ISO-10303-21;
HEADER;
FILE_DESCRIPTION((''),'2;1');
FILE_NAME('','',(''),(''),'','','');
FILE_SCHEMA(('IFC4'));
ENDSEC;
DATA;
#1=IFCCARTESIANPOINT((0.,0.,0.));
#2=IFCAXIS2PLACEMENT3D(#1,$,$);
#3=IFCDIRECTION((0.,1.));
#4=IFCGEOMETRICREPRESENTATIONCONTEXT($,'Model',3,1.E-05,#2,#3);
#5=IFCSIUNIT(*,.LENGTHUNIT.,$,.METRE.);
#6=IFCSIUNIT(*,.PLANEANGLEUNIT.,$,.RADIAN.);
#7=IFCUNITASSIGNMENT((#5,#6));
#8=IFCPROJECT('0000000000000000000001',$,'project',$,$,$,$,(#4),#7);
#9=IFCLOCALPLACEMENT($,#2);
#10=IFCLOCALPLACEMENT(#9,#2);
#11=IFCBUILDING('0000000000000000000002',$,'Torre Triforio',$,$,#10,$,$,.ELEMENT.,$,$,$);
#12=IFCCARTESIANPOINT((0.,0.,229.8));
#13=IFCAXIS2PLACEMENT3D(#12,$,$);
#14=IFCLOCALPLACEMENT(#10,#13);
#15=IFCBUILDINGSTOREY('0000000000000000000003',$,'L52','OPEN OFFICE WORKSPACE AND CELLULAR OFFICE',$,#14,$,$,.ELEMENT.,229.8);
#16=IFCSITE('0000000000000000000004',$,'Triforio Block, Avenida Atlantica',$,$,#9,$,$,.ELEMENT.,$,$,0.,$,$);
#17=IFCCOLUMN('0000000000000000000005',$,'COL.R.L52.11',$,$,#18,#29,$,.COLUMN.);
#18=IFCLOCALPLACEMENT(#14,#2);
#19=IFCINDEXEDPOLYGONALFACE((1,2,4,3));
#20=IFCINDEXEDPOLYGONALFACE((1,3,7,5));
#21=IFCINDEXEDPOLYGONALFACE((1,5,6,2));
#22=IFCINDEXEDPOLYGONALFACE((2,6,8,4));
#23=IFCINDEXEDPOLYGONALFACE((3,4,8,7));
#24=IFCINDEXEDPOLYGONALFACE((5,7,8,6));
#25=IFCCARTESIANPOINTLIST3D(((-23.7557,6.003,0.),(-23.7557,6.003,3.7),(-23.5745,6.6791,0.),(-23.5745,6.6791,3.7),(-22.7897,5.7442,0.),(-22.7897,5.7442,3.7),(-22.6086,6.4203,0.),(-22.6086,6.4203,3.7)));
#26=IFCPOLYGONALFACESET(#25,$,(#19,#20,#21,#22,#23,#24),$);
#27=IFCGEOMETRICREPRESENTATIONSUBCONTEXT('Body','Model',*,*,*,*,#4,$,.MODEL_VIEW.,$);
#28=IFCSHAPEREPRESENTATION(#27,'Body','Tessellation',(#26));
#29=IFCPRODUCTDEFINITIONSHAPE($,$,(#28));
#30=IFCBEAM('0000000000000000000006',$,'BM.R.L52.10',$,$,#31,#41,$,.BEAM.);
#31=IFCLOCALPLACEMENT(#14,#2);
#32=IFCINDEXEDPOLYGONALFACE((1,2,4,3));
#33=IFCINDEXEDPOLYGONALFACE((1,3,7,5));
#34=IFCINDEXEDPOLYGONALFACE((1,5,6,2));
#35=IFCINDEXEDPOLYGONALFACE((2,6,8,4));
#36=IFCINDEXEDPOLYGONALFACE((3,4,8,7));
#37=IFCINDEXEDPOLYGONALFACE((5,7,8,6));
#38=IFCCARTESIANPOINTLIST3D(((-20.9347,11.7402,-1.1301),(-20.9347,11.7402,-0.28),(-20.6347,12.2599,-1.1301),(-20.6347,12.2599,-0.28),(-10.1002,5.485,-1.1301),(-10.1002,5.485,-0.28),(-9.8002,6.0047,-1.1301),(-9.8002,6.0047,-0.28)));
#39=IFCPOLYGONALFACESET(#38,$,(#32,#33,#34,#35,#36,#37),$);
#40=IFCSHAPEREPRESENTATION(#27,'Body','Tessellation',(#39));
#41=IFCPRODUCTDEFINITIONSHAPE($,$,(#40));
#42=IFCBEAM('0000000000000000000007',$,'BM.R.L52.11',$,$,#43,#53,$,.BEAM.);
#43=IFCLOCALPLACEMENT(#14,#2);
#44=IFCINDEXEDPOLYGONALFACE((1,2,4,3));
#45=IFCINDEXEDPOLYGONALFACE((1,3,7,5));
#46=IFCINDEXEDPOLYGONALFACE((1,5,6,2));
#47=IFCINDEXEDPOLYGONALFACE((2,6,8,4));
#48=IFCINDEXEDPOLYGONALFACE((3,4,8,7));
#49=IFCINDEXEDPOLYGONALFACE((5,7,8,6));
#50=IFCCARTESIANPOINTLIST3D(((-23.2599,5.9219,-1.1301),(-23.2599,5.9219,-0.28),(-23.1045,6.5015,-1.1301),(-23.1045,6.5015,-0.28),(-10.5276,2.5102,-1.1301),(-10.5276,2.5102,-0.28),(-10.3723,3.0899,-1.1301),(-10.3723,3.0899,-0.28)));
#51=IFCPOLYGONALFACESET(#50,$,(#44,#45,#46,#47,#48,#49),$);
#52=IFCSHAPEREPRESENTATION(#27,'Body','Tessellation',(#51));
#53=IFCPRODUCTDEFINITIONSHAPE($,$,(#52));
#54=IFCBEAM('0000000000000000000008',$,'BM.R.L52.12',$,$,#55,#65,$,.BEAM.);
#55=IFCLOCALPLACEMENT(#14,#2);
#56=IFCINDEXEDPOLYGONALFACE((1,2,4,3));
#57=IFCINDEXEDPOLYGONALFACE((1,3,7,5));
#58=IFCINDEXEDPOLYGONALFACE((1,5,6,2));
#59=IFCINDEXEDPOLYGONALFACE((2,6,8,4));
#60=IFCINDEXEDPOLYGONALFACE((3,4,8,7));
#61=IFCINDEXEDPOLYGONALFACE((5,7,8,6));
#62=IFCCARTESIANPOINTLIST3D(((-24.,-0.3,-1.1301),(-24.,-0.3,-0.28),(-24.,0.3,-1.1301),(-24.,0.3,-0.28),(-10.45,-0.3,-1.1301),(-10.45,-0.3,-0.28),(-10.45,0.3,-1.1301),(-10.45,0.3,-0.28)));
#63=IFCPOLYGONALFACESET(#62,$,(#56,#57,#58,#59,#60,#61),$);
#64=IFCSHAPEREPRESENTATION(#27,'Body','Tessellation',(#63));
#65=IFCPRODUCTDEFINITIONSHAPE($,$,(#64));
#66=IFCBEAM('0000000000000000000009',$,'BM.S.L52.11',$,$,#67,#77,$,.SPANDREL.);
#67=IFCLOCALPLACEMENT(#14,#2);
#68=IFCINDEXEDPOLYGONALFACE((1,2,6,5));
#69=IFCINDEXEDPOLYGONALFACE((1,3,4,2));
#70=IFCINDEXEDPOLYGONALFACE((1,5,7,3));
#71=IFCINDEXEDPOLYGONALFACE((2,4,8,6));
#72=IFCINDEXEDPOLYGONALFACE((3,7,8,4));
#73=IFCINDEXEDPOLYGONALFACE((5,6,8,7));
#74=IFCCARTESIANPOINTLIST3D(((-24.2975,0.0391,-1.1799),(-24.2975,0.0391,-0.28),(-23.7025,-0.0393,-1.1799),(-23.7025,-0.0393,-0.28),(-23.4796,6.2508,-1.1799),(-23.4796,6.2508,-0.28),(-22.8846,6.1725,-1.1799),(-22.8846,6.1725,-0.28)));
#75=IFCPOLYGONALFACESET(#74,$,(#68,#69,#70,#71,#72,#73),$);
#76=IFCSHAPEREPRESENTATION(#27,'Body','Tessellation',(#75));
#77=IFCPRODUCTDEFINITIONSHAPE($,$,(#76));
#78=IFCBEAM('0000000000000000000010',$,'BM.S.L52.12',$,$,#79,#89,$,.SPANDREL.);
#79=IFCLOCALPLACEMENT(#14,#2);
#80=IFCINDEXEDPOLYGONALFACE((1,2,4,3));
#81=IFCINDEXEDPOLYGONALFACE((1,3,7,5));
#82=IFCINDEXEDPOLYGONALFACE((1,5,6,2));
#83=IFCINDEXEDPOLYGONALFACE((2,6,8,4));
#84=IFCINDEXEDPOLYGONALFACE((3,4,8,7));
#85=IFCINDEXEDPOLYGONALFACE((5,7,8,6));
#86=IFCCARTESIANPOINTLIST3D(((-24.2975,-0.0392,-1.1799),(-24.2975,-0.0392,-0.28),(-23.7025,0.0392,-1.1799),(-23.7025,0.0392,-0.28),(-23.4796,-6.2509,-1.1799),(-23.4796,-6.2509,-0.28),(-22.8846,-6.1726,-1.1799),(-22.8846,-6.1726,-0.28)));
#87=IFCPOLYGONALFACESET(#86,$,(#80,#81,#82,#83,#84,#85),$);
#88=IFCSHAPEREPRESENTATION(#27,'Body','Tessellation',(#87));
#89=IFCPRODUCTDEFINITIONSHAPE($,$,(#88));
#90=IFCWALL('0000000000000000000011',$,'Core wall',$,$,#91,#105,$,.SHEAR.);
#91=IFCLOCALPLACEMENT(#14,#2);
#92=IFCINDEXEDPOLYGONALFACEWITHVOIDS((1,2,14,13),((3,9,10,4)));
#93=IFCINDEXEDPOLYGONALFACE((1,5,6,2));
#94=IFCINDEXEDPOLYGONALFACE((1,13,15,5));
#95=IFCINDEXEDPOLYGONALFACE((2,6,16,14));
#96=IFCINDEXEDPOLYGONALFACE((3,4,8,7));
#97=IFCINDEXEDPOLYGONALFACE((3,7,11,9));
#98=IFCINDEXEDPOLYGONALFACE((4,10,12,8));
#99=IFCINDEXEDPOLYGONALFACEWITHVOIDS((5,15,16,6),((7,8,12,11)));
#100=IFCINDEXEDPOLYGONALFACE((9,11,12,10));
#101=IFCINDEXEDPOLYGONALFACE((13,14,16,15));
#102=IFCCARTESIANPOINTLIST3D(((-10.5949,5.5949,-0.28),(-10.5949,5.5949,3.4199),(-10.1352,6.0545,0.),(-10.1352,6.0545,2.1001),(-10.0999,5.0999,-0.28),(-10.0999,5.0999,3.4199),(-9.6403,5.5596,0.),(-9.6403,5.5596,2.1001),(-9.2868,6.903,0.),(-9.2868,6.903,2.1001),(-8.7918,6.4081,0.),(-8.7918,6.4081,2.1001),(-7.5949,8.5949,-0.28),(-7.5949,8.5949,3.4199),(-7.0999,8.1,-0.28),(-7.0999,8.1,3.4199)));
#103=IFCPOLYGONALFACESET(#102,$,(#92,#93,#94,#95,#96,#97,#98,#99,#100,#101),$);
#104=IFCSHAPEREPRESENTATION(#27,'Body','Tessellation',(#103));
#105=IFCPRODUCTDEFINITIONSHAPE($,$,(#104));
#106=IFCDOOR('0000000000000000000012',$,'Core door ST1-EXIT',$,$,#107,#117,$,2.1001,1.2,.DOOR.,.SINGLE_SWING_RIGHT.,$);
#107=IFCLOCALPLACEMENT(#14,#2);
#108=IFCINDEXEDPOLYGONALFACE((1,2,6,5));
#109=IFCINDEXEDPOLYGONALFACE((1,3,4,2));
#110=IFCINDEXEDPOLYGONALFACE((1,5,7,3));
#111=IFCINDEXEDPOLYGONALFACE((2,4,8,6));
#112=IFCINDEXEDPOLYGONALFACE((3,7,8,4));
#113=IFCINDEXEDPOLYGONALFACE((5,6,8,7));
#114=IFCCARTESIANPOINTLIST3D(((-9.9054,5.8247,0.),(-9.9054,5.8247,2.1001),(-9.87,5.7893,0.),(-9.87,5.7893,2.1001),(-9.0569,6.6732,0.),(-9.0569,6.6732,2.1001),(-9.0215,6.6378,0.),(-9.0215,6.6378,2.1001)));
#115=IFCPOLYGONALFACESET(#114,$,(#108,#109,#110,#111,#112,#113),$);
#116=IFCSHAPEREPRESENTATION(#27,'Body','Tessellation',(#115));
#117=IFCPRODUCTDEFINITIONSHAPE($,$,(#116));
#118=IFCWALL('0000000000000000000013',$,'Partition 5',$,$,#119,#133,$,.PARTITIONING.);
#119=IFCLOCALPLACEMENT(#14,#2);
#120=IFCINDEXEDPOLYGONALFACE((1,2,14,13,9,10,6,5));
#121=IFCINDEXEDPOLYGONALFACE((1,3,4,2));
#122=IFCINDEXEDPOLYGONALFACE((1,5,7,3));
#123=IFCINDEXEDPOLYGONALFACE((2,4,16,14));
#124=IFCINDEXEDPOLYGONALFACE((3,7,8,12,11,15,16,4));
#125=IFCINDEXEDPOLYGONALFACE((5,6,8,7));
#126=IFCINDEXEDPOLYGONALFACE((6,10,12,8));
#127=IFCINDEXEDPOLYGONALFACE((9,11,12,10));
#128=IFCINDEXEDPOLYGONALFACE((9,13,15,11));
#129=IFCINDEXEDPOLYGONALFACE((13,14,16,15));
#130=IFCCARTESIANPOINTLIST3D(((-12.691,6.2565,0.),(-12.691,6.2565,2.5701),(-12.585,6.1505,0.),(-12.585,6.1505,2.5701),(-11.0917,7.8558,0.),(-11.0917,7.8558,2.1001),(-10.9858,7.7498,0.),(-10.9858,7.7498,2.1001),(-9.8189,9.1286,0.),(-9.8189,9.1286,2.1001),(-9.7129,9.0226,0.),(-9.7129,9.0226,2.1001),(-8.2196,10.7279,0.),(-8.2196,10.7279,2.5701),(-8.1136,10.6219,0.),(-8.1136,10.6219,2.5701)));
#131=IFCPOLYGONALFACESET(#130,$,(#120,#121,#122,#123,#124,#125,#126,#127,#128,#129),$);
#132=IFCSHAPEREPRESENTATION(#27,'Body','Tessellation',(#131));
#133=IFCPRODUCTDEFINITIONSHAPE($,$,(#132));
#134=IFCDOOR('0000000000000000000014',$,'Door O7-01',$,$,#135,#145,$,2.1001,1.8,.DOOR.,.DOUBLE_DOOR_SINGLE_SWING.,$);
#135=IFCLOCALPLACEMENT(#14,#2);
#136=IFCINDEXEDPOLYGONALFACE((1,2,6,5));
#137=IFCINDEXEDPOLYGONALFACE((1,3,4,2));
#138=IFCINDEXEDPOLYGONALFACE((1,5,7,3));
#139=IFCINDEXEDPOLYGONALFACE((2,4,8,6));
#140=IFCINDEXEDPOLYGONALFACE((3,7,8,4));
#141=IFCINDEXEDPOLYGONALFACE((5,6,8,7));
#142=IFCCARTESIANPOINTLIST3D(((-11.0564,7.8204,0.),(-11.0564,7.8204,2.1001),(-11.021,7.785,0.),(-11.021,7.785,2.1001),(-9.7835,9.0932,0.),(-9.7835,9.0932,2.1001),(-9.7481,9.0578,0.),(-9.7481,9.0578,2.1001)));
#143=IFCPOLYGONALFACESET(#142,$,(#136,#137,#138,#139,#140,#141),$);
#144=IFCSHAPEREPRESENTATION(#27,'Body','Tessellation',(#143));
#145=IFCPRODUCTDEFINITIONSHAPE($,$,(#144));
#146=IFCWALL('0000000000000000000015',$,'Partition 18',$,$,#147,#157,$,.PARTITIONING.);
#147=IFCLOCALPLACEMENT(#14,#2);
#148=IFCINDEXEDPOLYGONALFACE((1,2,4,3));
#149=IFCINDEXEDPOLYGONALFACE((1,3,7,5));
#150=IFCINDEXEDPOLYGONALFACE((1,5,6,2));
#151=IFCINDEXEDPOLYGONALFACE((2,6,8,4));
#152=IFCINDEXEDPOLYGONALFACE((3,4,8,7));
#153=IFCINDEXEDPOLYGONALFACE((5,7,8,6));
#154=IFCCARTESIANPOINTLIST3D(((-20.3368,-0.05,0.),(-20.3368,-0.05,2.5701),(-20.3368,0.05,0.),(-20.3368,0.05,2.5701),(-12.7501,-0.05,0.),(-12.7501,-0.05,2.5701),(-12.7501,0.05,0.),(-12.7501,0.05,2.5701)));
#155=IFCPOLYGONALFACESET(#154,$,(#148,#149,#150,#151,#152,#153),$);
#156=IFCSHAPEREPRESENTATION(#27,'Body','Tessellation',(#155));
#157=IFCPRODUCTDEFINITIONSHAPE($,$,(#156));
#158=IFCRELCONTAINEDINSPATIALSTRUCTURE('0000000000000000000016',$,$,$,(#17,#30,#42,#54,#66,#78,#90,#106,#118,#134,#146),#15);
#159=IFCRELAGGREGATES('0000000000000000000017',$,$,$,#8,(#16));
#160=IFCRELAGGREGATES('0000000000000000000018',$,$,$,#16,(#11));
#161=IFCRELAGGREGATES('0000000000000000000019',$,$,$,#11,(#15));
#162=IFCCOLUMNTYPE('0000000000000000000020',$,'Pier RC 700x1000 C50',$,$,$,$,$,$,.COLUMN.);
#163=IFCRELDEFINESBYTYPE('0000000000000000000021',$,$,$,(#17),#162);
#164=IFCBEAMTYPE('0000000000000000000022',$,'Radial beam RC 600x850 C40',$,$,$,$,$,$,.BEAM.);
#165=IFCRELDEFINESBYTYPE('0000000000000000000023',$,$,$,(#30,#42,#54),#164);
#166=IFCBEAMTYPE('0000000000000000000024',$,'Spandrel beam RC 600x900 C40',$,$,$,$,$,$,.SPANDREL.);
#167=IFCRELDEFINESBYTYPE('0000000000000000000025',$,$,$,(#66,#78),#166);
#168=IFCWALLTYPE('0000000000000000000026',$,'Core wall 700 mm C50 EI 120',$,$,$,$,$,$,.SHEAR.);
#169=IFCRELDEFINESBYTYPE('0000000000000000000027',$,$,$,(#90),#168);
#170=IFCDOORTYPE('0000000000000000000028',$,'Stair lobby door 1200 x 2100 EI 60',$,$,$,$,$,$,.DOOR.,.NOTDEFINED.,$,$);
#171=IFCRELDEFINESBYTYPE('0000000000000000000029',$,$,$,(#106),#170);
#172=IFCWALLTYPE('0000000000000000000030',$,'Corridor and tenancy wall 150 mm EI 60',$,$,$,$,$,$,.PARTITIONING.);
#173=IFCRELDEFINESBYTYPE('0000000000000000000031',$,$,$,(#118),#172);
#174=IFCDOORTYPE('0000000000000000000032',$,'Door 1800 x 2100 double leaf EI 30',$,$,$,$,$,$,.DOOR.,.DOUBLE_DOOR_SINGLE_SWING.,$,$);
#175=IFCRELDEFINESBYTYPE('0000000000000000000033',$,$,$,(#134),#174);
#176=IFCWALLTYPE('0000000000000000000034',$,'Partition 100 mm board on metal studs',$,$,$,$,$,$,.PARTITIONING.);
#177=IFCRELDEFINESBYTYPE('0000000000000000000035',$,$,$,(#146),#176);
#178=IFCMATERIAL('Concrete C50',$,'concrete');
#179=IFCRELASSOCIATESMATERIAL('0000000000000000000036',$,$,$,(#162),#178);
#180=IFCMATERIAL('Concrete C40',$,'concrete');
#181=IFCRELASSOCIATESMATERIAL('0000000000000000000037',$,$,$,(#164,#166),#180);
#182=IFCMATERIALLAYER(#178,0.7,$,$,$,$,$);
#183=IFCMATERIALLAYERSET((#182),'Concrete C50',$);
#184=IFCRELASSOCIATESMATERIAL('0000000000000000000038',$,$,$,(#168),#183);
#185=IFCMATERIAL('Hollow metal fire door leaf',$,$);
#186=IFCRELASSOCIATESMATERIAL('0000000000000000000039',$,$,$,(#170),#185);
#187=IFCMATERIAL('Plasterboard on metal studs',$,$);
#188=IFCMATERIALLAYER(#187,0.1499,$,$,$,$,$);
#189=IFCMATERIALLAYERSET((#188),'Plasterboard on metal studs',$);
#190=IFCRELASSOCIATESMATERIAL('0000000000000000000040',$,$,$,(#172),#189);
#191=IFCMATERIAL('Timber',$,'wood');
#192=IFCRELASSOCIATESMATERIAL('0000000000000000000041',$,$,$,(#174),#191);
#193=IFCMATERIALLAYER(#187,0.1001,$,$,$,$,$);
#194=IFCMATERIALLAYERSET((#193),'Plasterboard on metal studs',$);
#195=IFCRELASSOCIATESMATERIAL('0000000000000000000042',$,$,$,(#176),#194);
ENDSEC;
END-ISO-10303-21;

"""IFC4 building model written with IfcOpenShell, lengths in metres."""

from ifc_helpers import new_model, si_unit, direction, frame, frame_2d, origin, origin_2d, place, context, subcontext, project, spatial, rectangle, extrude, material, layer, layer_set, material_profile, profile_set, type_object, element, fill, save


model = new_model("IFC4")

# Units and contexts
model_context = context("Model", 3, precision=1e-05, world=origin(), true_north=direction((0.0, 1.0)))
body_context = subcontext(model_context, "Body", "Model", "MODEL_VIEW")
ifc_project = project(units=[si_unit("LENGTHUNIT", "METRE"), si_unit("PLANEANGLEUNIT", "RADIAN")], contexts=[model_context])

# Site, building, storey
site_placement = place(None, origin())
site = spatial("IfcSite", under=ifc_project, at=site_placement, Name="Triforio Block, Avenida Atlantica", CompositionType="ELEMENT", RefElevation=0.0)
building_placement = place(site_placement, origin())
building = spatial("IfcBuilding", under=site, at=building_placement, Name="Torre Triforio", CompositionType="ELEMENT")
storey_placement = place(building_placement, frame((0.0, 0.0, 229.8)))
storey = spatial("IfcBuildingStorey", under=building, at=storey_placement, Name="L52", Description="OPEN OFFICE WORKSPACE AND CELLULAR OFFICE", CompositionType="ELEMENT", Elevation=229.8)

# Column
ifc_material_1 = material(Name="Concrete C50", Category="concrete")
ifc_material_profile_1 = material_profile(ifc_material_1, rectangle(XDim=0.7, YDim=1.0, at=origin_2d()), Name="RC 700x1000")
ifc_profile_set_1 = profile_set([ifc_material_profile_1], Name="Concrete C50")
column_type = type_object("IfcColumnType", Name="Pier RC 700x1000 C50", PredefinedType="COLUMN", material=ifc_profile_set_1)
column_placement = place(storey_placement, frame((-23.1821, 6.2117, 0.0), z_axis=(0.0, 0.0, 1.0), x_axis=(-0.258819, -0.965926, 0.0)))
element("IfcColumn", 1, at=column_placement, inside=storey, type_object=column_type, Name="COL.R.L52.11", PredefinedType="COLUMN", context=body_context, shape_type="SweptSolid", body=[
    extrude(rectangle(XDim=0.7, YDim=1.0, at=origin_2d()), origin(), (0.0, 0.0, 1.0), 3.7),
])

# Beams
ifc_material_2 = material(Name="Concrete C40", Category="concrete")
ifc_material_profile_2 = material_profile(ifc_material_2, rectangle(XDim=0.6001, YDim=0.8501, at=origin_2d()), Name="RC 600x850")
ifc_profile_set_2 = profile_set([ifc_material_profile_2], Name="Concrete C40")
beam_type_1 = type_object("IfcBeamType", Name="Radial beam RC 600x850 C40", PredefinedType="BEAM", material=ifc_profile_set_2)
beam_1_placement = place(storey_placement, frame((-9.9502, 5.7449, -0.7051), z_axis=(-0.866031, 0.49999, 0.0), x_axis=(-0.49999, -0.866031, 0.0)))
element("IfcBeam", 2, at=beam_1_placement, inside=storey, type_object=beam_type_1, Name="BM.R.L52.10", PredefinedType="BEAM", context=body_context, shape_type="SweptSolid", body=[
    extrude(rectangle(XDim=0.6001, YDim=0.8501, at=origin_2d()), origin(), (0.0, 0.0, 1.0), 12.5105),
])
beam_2_placement = place(storey_placement, frame((-10.45, 2.8, -0.7051), z_axis=(-0.965925, 0.258822, 0.0), x_axis=(-0.258822, -0.965925, 0.0)))
element("IfcBeam", 3, at=beam_2_placement, inside=storey, type_object=beam_type_1, Name="BM.R.L52.11", PredefinedType="BEAM", context=body_context, shape_type="SweptSolid", body=[
    extrude(rectangle(XDim=0.6001, YDim=0.8501, at=origin_2d()), origin(), (0.0, 0.0, 1.0), 13.1814),
])
beam_3_placement = place(storey_placement, frame((-10.45, 0.0, -0.7051), z_axis=(-1.0, 0.0, 0.0), x_axis=(0.0, -1.0, 0.0)))
element("IfcBeam", 4, at=beam_3_placement, inside=storey, type_object=beam_type_1, Name="BM.R.L52.12", PredefinedType="BEAM", context=body_context, shape_type="SweptSolid", body=[
    extrude(rectangle(XDim=0.6001, YDim=0.8501, at=origin_2d()), origin(), (0.0, 0.0, 1.0), 13.55),
])
ifc_material_profile_3 = material_profile(ifc_material_2, rectangle(XDim=0.6001, YDim=0.8999, at=origin_2d()), Name="RC 600x900")
ifc_profile_set_3 = profile_set([ifc_material_profile_3], Name="Concrete C40")
beam_type_2 = type_object("IfcBeamType", Name="Spandrel beam RC 600x900 C40", PredefinedType="SPANDREL", material=ifc_profile_set_3)
for number, where, z_axis, x_axis, name in (
    (5, (-23.1821, 6.2117, -0.73), (-0.13054, -0.991443, 0.0), (0.991443, -0.13054, 0.0), "BM.S.L52.11"),
    (6, (-24.0, 0.0, -0.73), (0.13054, -0.991443, 0.0), (0.991443, 0.13054, 0.0), "BM.S.L52.12"),
):
    element("IfcBeam", number, at=place(storey_placement, frame(where, z_axis=z_axis, x_axis=x_axis)), inside=storey, type_object=beam_type_2, Name=name, PredefinedType="SPANDREL", context=body_context, shape_type="SweptSolid", body=[
        extrude(rectangle(XDim=0.6001, YDim=0.8999, at=origin_2d()), origin(), (0.0, 0.0, 1.0), 6.2654),
    ])

# Walls, openings, doors
ifc_layer_1 = layer(ifc_material_1, 0.7)
ifc_layer_set_1 = layer_set([ifc_layer_1], Name="Concrete C50")
wall_type_1 = type_object("IfcWallType", Name="Core wall 700 mm C50 EI 120", PredefinedType="SHEAR", material=ifc_layer_set_1)
wall_1_placement = place(storey_placement, frame((-10.3474, 5.3474, -0.28), z_axis=(0.0, 0.0, 1.0), x_axis=(0.707107, 0.707107, 0.0)))
wall_1 = element("IfcWall", 7, at=wall_1_placement, inside=storey, type_object=wall_type_1, Name="Core wall", PredefinedType="SHEAR", context=body_context, shape_type="SweptSolid", body=[
    extrude(rectangle(XDim=4.2427, YDim=0.7, at=frame_2d((2.1213, 0.0))), origin(), (0.0, 0.0, 1.0), 3.7),
])
opening_1_placement = place(wall_1_placement, frame((0.6499, 0.0, 0.28)))
opening_1 = element("IfcOpeningElement", 8, at=opening_1_placement, cuts=wall_1, PredefinedType="OPENING", context=body_context, shape_type="SweptSolid", body=[
    extrude(rectangle(XDim=1.2, YDim=2.1001, at=frame_2d((0.6001, 1.05))), frame((0.0, 0.3599, 0.0), z_axis=(0.0, -1.0, 0.0), x_axis=(1.0, 0.0, 0.0)), (0.0, 0.0, 1.0), 0.72),
])
ifc_material_3 = material(Name="Hollow metal fire door leaf")
door_type_1 = type_object("IfcDoorType", Name="Stair lobby door 1200 x 2100 EI 60", OperationType="NOTDEFINED", PredefinedType="DOOR", material=ifc_material_3)
door_1_placement = place(opening_1_placement, origin())
door_1 = element("IfcDoor", 9, at=door_1_placement, inside=storey, type_object=door_type_1, Name="Core door ST1-EXIT", OperationType="SINGLE_SWING_RIGHT", OverallHeight=2.1001, OverallWidth=1.2, PredefinedType="DOOR", context=body_context, shape_type="SweptSolid", body=[
    extrude(rectangle(XDim=1.2, YDim=2.1001, at=frame_2d((0.6001, 1.05))), frame((0.0, 0.0249, 0.0), z_axis=(0.0, -1.0, 0.0), x_axis=(1.0, 0.0, 0.0)), (0.0, 0.0, 1.0), 0.05),
])
fill(opening_1, door_1)
ifc_material_4 = material(Name="Plasterboard on metal studs")
ifc_layer_2 = layer(ifc_material_4, 0.1499)
ifc_layer_set_2 = layer_set([ifc_layer_2], Name="Plasterboard on metal studs")
wall_type_2 = type_object("IfcWallType", Name="Corridor and tenancy wall 150 mm EI 60", PredefinedType="PARTITIONING", material=ifc_layer_set_2)
wall_2_placement = place(storey_placement, frame((-12.6379, 6.2036, 0.0), z_axis=(0.0, 0.0, 1.0), x_axis=(0.707107, 0.707107, 0.0)))
wall_2 = element("IfcWall", 10, at=wall_2_placement, inside=storey, type_object=wall_type_2, Name="Partition 5", PredefinedType="PARTITIONING", context=body_context, shape_type="SweptSolid", body=[
    extrude(rectangle(XDim=6.3235, YDim=0.1499, at=frame_2d((3.1616, 0.0))), origin(), (0.0, 0.0, 1.0), 2.5701),
])
opening_2_placement = place(wall_2_placement, frame((2.2617, 0.0, 0.0)))
opening_2 = element("IfcOpeningElement", 11, at=opening_2_placement, cuts=wall_2, PredefinedType="OPENING", context=body_context, shape_type="SweptSolid", body=[
    extrude(rectangle(XDim=1.8, YDim=2.1001, at=frame_2d((0.8999, 1.05))), frame((0.0, 0.085, 0.0), z_axis=(0.0, -1.0, 0.0), x_axis=(1.0, 0.0, 0.0)), (0.0, 0.0, 1.0), 0.1699),
])
ifc_material_5 = material(Name="Timber", Category="wood")
door_type_2 = type_object("IfcDoorType", Name="Door 1800 x 2100 double leaf EI 30", OperationType="DOUBLE_DOOR_SINGLE_SWING", PredefinedType="DOOR", material=ifc_material_5)
door_2_placement = place(opening_2_placement, origin())
door_2 = element("IfcDoor", 12, at=door_2_placement, inside=storey, type_object=door_type_2, Name="Door O7-01", OperationType="DOUBLE_DOOR_SINGLE_SWING", OverallHeight=2.1001, OverallWidth=1.8, PredefinedType="DOOR", context=body_context, shape_type="SweptSolid", body=[
    extrude(rectangle(XDim=1.8, YDim=2.1001, at=frame_2d((0.8999, 1.05))), frame((0.0, 0.0249, 0.0), z_axis=(0.0, -1.0, 0.0), x_axis=(1.0, 0.0, 0.0)), (0.0, 0.0, 1.0), 0.05),
])
fill(opening_2, door_2)

# Wall
ifc_layer_3 = layer(ifc_material_4, 0.1001)
ifc_layer_set_3 = layer_set([ifc_layer_3], Name="Plasterboard on metal studs")
wall_type_3 = type_object("IfcWallType", Name="Partition 100 mm board on metal studs", PredefinedType="PARTITIONING", material=ifc_layer_set_3)
wall_3_placement = place(storey_placement, frame((-12.75, 0.0, 0.0), z_axis=(0.0, 0.0, 1.0), x_axis=(-1.0, 0.0, 0.0)))
element("IfcWall", 13, at=wall_3_placement, inside=storey, type_object=wall_type_3, Name="Partition 18", PredefinedType="PARTITIONING", context=body_context, shape_type="SweptSolid", body=[
    extrude(rectangle(XDim=7.5867, YDim=0.1001, at=frame_2d((3.7935, 0.0))), origin(), (0.0, 0.0, 1.0), 2.5701),
])

save(model, "model.ifc")
